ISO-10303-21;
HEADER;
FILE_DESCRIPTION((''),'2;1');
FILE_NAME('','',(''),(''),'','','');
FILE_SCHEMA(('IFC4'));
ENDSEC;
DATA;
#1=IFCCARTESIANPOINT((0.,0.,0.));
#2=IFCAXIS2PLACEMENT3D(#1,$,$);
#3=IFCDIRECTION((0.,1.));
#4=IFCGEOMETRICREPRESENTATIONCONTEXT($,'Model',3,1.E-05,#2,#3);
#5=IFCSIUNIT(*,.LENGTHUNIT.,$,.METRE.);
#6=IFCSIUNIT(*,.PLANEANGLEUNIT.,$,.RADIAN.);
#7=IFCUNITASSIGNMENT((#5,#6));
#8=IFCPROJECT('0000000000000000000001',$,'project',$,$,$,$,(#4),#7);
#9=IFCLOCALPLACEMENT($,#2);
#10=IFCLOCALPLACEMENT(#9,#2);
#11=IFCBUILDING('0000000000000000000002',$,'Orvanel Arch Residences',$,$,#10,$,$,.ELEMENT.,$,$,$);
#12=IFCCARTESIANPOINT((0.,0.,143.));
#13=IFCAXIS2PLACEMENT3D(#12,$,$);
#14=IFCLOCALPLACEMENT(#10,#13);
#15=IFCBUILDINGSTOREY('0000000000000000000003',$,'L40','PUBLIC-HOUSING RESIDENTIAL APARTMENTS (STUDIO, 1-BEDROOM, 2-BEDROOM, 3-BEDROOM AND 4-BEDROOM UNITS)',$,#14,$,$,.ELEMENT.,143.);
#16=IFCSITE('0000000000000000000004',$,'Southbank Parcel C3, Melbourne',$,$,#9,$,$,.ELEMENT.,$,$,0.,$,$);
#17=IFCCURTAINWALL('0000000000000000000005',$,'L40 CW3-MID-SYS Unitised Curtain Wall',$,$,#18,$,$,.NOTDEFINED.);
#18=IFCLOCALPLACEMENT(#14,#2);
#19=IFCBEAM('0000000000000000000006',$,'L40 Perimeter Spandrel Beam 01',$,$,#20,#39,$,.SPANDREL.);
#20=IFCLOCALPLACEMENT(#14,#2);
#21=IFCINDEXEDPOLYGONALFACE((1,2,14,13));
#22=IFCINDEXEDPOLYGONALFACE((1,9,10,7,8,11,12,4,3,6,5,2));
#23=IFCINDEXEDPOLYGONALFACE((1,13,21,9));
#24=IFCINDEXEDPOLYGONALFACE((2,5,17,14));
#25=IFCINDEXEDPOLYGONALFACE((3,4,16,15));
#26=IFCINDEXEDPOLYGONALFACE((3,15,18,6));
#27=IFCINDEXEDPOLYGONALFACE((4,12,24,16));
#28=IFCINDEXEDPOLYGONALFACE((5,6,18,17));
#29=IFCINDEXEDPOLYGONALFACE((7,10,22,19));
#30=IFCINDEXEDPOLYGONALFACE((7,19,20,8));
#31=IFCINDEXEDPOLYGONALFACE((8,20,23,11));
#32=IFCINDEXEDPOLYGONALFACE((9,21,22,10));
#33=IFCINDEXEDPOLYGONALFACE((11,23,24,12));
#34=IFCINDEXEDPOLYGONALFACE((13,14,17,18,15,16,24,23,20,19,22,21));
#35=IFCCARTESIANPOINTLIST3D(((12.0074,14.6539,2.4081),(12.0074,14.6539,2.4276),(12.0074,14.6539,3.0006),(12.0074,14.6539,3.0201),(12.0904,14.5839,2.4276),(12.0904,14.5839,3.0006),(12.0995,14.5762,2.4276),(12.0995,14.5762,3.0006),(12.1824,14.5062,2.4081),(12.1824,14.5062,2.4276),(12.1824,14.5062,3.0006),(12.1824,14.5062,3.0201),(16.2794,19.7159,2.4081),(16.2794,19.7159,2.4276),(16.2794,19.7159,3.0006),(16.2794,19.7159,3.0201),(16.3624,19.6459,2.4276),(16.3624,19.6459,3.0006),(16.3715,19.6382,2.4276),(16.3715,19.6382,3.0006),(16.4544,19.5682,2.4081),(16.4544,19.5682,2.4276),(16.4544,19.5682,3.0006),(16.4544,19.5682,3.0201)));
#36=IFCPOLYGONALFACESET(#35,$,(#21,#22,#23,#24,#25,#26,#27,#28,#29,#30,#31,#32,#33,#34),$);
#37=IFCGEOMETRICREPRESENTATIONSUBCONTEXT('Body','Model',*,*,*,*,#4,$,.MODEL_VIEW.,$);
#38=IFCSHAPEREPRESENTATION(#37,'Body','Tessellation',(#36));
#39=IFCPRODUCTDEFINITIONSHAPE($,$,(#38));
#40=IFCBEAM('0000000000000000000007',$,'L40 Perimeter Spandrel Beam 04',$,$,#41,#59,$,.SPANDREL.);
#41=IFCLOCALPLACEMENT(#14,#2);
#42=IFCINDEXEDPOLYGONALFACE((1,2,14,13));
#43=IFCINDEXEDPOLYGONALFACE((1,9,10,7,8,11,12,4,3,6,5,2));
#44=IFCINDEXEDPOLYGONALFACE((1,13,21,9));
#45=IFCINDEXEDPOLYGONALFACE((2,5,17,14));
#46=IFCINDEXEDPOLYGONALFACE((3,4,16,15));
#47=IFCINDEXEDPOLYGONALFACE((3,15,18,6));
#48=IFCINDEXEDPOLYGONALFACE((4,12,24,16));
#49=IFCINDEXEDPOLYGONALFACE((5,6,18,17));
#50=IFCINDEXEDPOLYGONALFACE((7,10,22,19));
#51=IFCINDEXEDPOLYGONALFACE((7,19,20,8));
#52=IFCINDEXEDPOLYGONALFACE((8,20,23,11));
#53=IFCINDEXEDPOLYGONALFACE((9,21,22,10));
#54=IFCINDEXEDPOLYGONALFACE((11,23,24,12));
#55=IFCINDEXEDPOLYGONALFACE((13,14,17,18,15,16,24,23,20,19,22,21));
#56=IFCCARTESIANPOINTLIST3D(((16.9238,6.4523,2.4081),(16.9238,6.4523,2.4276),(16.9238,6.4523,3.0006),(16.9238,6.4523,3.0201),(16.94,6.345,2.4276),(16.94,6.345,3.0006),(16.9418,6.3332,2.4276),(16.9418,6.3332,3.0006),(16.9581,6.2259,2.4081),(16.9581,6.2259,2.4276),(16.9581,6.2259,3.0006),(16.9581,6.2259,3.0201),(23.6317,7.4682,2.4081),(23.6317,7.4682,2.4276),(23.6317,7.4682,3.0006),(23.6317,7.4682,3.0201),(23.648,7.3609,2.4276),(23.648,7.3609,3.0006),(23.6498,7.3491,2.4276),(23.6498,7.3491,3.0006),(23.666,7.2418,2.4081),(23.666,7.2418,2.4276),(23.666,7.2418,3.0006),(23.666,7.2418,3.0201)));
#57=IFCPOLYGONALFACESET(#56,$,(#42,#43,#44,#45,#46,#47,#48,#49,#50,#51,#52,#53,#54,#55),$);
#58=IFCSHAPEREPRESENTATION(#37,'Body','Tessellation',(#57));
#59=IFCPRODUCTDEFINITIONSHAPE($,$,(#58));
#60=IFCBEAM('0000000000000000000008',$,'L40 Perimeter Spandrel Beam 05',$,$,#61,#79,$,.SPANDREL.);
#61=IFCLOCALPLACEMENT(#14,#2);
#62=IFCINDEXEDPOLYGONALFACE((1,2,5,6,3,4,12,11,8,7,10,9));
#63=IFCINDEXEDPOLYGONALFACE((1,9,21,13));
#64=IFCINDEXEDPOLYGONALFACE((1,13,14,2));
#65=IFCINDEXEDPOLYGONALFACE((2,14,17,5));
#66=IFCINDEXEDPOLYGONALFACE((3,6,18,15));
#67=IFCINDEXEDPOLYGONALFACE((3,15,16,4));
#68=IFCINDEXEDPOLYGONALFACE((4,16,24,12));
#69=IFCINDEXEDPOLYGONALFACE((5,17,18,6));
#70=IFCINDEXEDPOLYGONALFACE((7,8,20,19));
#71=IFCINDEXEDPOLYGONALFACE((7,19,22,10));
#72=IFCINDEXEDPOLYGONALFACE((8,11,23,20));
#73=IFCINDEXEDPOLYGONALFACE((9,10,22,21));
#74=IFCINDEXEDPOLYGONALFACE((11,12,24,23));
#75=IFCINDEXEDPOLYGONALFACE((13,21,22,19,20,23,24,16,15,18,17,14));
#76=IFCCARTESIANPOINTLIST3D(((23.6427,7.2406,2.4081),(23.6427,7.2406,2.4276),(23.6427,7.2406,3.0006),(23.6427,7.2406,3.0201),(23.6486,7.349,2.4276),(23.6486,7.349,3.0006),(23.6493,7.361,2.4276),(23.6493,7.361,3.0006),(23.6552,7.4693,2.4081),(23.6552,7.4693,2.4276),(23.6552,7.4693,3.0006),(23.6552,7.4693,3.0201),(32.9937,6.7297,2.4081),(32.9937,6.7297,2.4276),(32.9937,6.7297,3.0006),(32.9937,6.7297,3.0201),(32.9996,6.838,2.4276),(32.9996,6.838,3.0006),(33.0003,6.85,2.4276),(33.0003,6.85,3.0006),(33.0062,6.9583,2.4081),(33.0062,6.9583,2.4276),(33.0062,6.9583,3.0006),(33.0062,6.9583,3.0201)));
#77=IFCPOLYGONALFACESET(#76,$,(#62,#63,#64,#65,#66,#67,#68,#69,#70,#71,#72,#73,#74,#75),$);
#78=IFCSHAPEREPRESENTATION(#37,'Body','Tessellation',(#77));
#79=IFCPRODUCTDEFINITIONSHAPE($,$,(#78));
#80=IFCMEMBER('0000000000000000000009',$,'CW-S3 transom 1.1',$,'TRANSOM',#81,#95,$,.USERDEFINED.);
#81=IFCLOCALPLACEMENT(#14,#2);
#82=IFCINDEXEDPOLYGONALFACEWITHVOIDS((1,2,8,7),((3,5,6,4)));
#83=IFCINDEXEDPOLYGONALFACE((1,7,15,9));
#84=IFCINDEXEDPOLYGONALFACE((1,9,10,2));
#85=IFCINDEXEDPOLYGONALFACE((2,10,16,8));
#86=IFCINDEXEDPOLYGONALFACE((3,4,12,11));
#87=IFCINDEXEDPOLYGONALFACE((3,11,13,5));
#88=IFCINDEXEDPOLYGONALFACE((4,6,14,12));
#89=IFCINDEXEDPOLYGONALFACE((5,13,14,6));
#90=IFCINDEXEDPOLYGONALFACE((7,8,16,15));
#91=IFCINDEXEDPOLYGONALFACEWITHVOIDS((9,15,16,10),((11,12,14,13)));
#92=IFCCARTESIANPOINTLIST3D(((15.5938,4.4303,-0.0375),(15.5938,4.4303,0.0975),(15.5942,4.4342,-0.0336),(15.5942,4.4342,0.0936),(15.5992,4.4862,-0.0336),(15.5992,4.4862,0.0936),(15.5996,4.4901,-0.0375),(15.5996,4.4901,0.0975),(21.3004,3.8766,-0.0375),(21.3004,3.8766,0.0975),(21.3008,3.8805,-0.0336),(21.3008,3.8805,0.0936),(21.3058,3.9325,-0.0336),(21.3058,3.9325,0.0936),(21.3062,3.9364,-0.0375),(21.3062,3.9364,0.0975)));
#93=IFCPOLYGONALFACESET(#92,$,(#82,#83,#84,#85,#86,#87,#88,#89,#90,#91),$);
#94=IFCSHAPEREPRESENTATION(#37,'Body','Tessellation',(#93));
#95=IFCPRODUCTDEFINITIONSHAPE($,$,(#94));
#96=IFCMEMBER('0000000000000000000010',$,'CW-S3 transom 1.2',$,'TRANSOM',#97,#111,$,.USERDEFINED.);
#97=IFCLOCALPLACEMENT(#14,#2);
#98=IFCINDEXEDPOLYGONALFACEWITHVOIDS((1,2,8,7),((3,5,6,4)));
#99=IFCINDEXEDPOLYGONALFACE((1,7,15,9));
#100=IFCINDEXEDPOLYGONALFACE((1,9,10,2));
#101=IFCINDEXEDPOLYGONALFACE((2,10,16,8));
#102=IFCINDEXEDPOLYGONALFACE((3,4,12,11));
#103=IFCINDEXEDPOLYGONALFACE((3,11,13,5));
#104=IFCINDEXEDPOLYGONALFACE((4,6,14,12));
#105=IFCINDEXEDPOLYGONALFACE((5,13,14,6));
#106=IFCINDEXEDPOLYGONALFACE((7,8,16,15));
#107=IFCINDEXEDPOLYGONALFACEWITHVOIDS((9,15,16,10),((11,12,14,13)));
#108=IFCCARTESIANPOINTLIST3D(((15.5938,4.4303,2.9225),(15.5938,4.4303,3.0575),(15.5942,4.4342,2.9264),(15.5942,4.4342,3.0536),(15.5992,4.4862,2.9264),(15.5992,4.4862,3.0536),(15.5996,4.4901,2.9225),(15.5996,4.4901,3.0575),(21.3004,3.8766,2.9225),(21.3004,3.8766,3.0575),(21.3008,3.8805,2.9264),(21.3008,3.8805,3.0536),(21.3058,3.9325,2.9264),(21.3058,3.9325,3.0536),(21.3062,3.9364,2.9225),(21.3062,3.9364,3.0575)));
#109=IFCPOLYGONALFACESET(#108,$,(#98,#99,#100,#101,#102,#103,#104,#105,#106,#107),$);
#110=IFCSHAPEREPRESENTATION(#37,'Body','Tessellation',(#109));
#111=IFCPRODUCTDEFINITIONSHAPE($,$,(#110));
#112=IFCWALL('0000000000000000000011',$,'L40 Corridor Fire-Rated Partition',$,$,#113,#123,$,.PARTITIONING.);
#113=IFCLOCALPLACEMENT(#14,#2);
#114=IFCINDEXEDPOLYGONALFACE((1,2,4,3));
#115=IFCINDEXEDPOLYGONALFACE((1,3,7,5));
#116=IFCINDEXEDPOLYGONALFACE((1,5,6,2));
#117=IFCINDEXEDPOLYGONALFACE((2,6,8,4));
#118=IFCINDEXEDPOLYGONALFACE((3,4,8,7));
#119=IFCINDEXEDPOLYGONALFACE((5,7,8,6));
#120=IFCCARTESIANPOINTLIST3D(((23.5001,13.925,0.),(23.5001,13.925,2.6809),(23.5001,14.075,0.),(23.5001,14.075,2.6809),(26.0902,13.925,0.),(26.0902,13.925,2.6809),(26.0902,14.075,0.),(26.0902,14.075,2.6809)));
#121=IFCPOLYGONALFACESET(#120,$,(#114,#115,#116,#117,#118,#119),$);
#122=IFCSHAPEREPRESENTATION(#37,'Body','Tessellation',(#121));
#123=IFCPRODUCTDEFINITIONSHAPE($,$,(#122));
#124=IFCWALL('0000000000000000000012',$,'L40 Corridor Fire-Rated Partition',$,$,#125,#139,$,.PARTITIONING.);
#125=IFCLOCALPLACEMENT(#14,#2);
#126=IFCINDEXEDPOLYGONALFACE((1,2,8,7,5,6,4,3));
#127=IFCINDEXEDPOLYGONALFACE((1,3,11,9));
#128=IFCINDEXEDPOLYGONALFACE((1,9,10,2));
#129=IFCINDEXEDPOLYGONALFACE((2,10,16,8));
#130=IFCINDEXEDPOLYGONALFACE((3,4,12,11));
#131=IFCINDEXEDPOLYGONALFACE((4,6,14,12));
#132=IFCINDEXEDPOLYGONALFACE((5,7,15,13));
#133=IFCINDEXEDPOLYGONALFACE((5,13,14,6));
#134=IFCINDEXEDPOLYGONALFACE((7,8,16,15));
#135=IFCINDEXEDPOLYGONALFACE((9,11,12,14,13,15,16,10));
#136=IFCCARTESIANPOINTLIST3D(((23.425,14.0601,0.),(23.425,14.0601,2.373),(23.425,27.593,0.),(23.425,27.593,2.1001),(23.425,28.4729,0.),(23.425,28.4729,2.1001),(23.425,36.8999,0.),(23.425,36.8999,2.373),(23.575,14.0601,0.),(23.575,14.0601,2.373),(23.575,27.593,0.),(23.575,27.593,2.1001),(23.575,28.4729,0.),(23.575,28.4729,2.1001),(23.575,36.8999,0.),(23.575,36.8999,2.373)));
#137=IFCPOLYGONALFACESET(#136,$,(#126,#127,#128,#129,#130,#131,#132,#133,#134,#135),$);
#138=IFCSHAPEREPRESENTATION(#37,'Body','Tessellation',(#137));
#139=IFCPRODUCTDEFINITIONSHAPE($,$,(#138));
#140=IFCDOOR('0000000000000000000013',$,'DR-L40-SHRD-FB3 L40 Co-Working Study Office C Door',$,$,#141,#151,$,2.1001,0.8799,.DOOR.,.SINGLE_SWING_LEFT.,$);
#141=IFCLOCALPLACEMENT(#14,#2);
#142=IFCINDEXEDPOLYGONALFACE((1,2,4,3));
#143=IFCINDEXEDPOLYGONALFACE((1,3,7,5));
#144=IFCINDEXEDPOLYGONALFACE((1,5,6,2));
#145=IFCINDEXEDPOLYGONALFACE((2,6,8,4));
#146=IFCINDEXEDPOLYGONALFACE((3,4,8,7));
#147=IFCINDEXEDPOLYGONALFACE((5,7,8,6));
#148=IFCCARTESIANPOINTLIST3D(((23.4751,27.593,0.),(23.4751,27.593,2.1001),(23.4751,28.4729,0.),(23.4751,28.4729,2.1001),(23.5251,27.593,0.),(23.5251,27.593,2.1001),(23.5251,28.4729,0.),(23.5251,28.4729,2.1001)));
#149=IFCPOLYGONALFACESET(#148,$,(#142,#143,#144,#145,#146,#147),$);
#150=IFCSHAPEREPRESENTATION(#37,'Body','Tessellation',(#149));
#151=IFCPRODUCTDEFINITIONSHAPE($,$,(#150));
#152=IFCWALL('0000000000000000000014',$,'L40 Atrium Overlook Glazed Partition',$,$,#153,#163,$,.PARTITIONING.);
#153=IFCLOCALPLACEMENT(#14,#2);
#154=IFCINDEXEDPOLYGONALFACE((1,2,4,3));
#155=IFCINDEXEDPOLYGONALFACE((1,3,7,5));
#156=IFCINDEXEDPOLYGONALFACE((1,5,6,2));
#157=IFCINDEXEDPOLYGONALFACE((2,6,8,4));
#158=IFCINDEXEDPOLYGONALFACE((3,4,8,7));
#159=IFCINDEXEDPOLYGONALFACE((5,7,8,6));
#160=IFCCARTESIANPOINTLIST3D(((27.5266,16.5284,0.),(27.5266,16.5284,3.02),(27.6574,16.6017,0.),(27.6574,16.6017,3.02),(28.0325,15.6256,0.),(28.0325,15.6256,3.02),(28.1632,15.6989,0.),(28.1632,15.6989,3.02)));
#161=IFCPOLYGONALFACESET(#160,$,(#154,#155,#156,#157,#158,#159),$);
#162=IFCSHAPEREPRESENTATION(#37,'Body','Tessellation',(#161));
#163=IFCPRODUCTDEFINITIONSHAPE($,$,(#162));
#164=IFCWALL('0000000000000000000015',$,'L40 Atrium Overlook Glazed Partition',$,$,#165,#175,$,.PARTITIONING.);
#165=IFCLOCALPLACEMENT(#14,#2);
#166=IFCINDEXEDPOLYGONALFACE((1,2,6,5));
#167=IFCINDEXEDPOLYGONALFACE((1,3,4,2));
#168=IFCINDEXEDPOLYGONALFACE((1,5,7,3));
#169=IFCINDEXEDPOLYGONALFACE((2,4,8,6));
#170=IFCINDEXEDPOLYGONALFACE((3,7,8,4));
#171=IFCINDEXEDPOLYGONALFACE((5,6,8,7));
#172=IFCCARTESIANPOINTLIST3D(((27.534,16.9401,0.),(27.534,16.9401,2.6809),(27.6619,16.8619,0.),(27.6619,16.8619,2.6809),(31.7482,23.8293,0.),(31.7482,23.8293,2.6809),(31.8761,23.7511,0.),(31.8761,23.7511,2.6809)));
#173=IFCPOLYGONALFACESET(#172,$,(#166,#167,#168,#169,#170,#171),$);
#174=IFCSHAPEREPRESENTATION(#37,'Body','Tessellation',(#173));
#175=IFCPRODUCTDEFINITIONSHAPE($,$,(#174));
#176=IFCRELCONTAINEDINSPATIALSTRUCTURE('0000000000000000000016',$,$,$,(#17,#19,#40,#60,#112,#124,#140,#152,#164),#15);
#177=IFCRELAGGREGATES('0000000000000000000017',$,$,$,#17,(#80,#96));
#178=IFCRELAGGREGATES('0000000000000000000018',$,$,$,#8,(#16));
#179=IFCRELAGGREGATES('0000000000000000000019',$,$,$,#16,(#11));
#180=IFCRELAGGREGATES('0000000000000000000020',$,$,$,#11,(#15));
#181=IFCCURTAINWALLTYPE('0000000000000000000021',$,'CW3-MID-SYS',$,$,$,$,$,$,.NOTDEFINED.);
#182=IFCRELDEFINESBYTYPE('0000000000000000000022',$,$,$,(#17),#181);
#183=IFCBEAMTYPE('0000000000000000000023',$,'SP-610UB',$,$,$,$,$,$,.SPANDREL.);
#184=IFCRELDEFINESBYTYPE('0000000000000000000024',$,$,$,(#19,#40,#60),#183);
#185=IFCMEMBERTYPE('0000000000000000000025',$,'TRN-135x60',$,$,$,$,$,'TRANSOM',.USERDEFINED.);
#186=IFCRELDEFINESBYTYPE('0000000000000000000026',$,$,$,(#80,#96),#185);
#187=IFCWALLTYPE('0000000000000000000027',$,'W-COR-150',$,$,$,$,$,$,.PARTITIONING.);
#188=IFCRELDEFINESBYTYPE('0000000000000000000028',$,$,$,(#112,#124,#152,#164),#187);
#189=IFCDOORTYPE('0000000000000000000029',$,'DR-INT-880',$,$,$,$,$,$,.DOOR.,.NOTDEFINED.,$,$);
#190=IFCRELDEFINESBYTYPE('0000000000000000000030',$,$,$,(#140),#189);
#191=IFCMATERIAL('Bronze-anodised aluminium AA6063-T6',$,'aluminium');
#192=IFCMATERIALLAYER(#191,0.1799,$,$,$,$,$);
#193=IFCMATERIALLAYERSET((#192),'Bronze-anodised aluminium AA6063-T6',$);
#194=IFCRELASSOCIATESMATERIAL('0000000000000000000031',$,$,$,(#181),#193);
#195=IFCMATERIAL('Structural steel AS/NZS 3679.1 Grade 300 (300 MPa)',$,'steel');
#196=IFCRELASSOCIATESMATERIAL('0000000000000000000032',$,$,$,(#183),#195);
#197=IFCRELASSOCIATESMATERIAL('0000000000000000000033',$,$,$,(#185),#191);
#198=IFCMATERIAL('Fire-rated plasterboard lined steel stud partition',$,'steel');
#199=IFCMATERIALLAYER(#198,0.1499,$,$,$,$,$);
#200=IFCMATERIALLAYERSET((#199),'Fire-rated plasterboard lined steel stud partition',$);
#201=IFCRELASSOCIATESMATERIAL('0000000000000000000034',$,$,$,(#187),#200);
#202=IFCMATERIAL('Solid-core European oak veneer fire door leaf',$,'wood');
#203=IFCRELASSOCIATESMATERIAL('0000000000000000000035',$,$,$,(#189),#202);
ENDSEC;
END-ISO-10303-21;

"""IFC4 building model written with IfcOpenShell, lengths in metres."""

from ifc_helpers import new_model, si_unit, direction, frame, frame_2d, origin, origin_2d, place, context, subcontext, project, spatial, rectangle, hollow_rectangle, i_section, extrude, material, layer, layer_set, material_profile, profile_set, type_object, element, fill, aggregate, save


model = new_model("IFC4")

# Units and contexts
model_context = context("Model", 3, precision=1e-05, world=origin(), true_north=direction((0.0, 1.0)))
body_context = subcontext(model_context, "Body", "Model", "MODEL_VIEW")
ifc_project = project(units=[si_unit("LENGTHUNIT", "METRE"), si_unit("PLANEANGLEUNIT", "RADIAN")], contexts=[model_context])

# Site, building, storey
site_placement = place(None, origin())
site = spatial("IfcSite", under=ifc_project, at=site_placement, Name="Southbank Parcel C3, Melbourne", CompositionType="ELEMENT", RefElevation=0.0)
building_placement = place(site_placement, origin())
building = spatial("IfcBuilding", under=site, at=building_placement, Name="Orvanel Arch Residences", CompositionType="ELEMENT")
storey_placement = place(building_placement, frame((0.0, 0.0, 143.0)))
storey = spatial("IfcBuildingStorey", under=building, at=storey_placement, Name="L40", Description="PUBLIC-HOUSING RESIDENTIAL APARTMENTS (STUDIO, 1-BEDROOM, 2-BEDROOM, 3-BEDROOM AND 4-BEDROOM UNITS)", CompositionType="ELEMENT", Elevation=143.0)

# Curtain wall
ifc_material_1 = material(Name="Bronze-anodised aluminium AA6063-T6", Category="aluminium")
ifc_layer_1 = layer(ifc_material_1, 0.1799)
ifc_layer_set_1 = layer_set([ifc_layer_1], Name="Bronze-anodised aluminium AA6063-T6")
curtain_wall_type_1 = type_object("IfcCurtainWallType", Name="CW3-MID-SYS", PredefinedType="NOTDEFINED", material=ifc_layer_set_1)
curtain_wall_1_placement = place(storey_placement, origin())
curtain_wall_1 = element("IfcCurtainWall", 1, at=curtain_wall_1_placement, inside=storey, type_object=curtain_wall_type_1, Name="L40 CW3-MID-SYS Unitised Curtain Wall", PredefinedType="NOTDEFINED")

# Beams
ifc_material_2 = material(Name="Structural steel AS/NZS 3679.1 Grade 300 (300 MPa)", Category="steel")
ifc_material_profile_1 = material_profile(ifc_material_2, i_section(OverallWidth=0.229, OverallDepth=0.6121, WebThickness=0.012, FlangeThickness=0.0195, at=origin_2d()), Name="610UB125")
ifc_profile_set_1 = profile_set([ifc_material_profile_1], Name="Structural steel AS/NZS 3679.1 Grade 300 (300 MPa)")
beam_type_1 = type_object("IfcBeamType", Name="SP-610UB", PredefinedType="SPANDREL", material=ifc_profile_set_1)
beam_1_placement = place(storey_placement, frame((16.3669, 19.6421, 2.7141), z_axis=(-0.64495, -0.764224, 0.0), x_axis=(0.764224, -0.64495, 0.0)))
element("IfcBeam", 2, at=beam_1_placement, inside=storey, type_object=beam_type_1, Name="L40 Perimeter Spandrel Beam 01", PredefinedType="SPANDREL", context=body_context, shape_type="SweptSolid", body=[
    extrude(i_section(OverallWidth=0.229, OverallDepth=0.6121, WebThickness=0.012, FlangeThickness=0.0195, at=origin_2d()), origin(), (0.0, 0.0, 1.0), 6.6238),
])
beam_2_placement = place(storey_placement, frame((16.9409, 6.3391, 2.7141), z_axis=(0.988726, 0.149734, 0.0), x_axis=(-0.149734, 0.988726, 0.0)))
element("IfcBeam", 3, at=beam_2_placement, inside=storey, type_object=beam_type_1, Name="L40 Perimeter Spandrel Beam 04", PredefinedType="SPANDREL", context=body_context, shape_type="SweptSolid", body=[
    extrude(i_section(OverallWidth=0.229, OverallDepth=0.6121, WebThickness=0.012, FlangeThickness=0.0195, at=origin_2d()), origin(), (0.0, 0.0, 1.0), 6.7844),
])
beam_3_placement = place(storey_placement, frame((23.6489, 7.355, 2.7141), z_axis=(0.99851, -0.054563, 0.0), x_axis=(0.054563, 0.99851, 0.0)))
element("IfcBeam", 4, at=beam_3_placement, inside=storey, type_object=beam_type_1, Name="L40 Perimeter Spandrel Beam 05", PredefinedType="SPANDREL", context=body_context, shape_type="SweptSolid", body=[
    extrude(i_section(OverallWidth=0.229, OverallDepth=0.6121, WebThickness=0.012, FlangeThickness=0.0195, at=origin_2d()), origin(), (0.0, 0.0, 1.0), 9.365),
])

# Members
ifc_material_profile_2 = material_profile(ifc_material_1, hollow_rectangle(XDim=0.0601, YDim=0.135, WallThickness=0.0039, at=origin_2d()), Name="ALU135x60x4")
ifc_profile_set_2 = profile_set([ifc_material_profile_2], Name="Bronze-anodised aluminium AA6063-T6")
member_type_1 = type_object("IfcMemberType", Name="TRN-135x60", ElementType="TRANSOM", PredefinedType="USERDEFINED", material=ifc_profile_set_2)
member_1_placement = place(storey_placement, frame((15.5967, 4.4602, 0.03), z_axis=(0.995325, -0.096577, 0.0), x_axis=(0.096577, 0.995325, 0.0)))
member_1 = element("IfcMember", 5, at=member_1_placement, type_object=member_type_1, Name="CW-S3 transom 1.1", ObjectType="TRANSOM", PredefinedType="USERDEFINED", context=body_context, shape_type="SweptSolid", body=[
    extrude(hollow_rectangle(XDim=0.0601, YDim=0.135, WallThickness=0.0039, at=origin_2d()), origin(), (0.0, 0.0, 1.0), 5.7334),
])
member_2_placement = place(storey_placement, frame((15.5967, 4.4602, 2.99), z_axis=(0.995325, -0.096577, 0.0), x_axis=(0.096577, 0.995325, 0.0)))
member_2 = element("IfcMember", 6, at=member_2_placement, type_object=member_type_1, Name="CW-S3 transom 1.2", ObjectType="TRANSOM", PredefinedType="USERDEFINED", context=body_context, shape_type="SweptSolid", body=[
    extrude(hollow_rectangle(XDim=0.0601, YDim=0.135, WallThickness=0.0039, at=origin_2d()), origin(), (0.0, 0.0, 1.0), 5.7334),
])
aggregate(curtain_wall_1, [member_1, member_2])

# Wall
ifc_material_3 = material(Name="Fire-rated plasterboard lined steel stud partition", Category="steel")
ifc_layer_2 = layer(ifc_material_3, 0.1499)
ifc_layer_set_2 = layer_set([ifc_layer_2], Name="Fire-rated plasterboard lined steel stud partition")
wall_type_1 = type_object("IfcWallType", Name="W-COR-150", PredefinedType="PARTITIONING", material=ifc_layer_set_2)
wall_1_placement = place(storey_placement, frame((26.0901, 14.0, 0.0), z_axis=(0.0, 0.0, 1.0), x_axis=(-1.0, 0.0, 0.0)))
element("IfcWall", 7, at=wall_1_placement, inside=storey, type_object=wall_type_1, Name="L40 Corridor Fire-Rated Partition", PredefinedType="PARTITIONING", context=body_context, shape_type="SweptSolid", body=[
    extrude(rectangle(XDim=2.5901, YDim=0.1499, at=frame_2d((1.2949, 0.0))), origin(), (0.0, 0.0, 1.0), 2.6809),
])

# Wall, opening, door
wall_2_placement = place(storey_placement, frame((23.5, 14.0601, 0.0), z_axis=(0.0, 0.0, 1.0), x_axis=(0.0, 1.0, 0.0)))
wall_2 = element("IfcWall", 8, at=wall_2_placement, inside=storey, type_object=wall_type_1, Name="L40 Corridor Fire-Rated Partition", PredefinedType="PARTITIONING", context=body_context, shape_type="SweptSolid", body=[
    extrude(rectangle(XDim=22.8398, YDim=0.1499, at=frame_2d((11.4199, 0.0))), origin(), (0.0, 0.0, 1.0), 2.373),
])
opening_1_placement = place(wall_2_placement, frame((13.533, 0.0, 0.0)))
opening_1 = element("IfcOpeningElement", 9, at=opening_1_placement, cuts=wall_2, PredefinedType="OPENING", context=body_context, shape_type="SweptSolid", body=[
    extrude(rectangle(XDim=0.8799, YDim=2.1001, at=frame_2d((0.4399, 1.05))), frame((0.0, 0.085, 0.0), z_axis=(0.0, -1.0, 0.0), x_axis=(1.0, 0.0, 0.0)), (0.0, 0.0, 1.0), 0.1699),
])
ifc_material_4 = material(Name="Solid-core European oak veneer fire door leaf", Category="wood")
door_type_1 = type_object("IfcDoorType", Name="DR-INT-880", OperationType="NOTDEFINED", PredefinedType="DOOR", material=ifc_material_4)
door_1_placement = place(opening_1_placement, origin())
door_1 = element("IfcDoor", 10, at=door_1_placement, inside=storey, type_object=door_type_1, Name="DR-L40-SHRD-FB3 L40 Co-Working Study Office C Door", OperationType="SINGLE_SWING_LEFT", OverallHeight=2.1001, OverallWidth=0.8799, PredefinedType="DOOR", context=body_context, shape_type="SweptSolid", body=[
    extrude(rectangle(XDim=0.8799, YDim=2.1001, at=frame_2d((0.4399, 1.05))), frame((0.0, 0.0249, 0.0), z_axis=(0.0, -1.0, 0.0), x_axis=(1.0, 0.0, 0.0)), (0.0, 0.0, 1.0), 0.05),
])
fill(opening_1, door_1)

# Walls
wall_3_placement = place(storey_placement, frame((28.0979, 15.6621, 0.0), z_axis=(0.0, 0.0, 1.0), x_axis=(-0.488804, 0.872393, 0.0)))
element("IfcWall", 11, at=wall_3_placement, inside=storey, type_object=wall_type_1, Name="L40 Atrium Overlook Glazed Partition", PredefinedType="PARTITIONING", context=body_context, shape_type="SweptSolid", body=[
    extrude(rectangle(XDim=1.0349, YDim=0.1499, at=frame_2d((0.5176, 0.0))), origin(), (0.0, 0.0, 1.0), 3.02),
])
wall_4_placement = place(storey_placement, frame((27.5979, 16.9009, 0.0), z_axis=(0.0, 0.0, 1.0), x_axis=(0.521817, 0.853058, 0.0)))
element("IfcWall", 12, at=wall_4_placement, inside=storey, type_object=wall_type_1, Name="L40 Atrium Overlook Glazed Partition", PredefinedType="PARTITIONING", context=body_context, shape_type="SweptSolid", body=[
    extrude(rectangle(XDim=8.0759, YDim=0.1499, at=frame_2d((4.0381, 0.0))), origin(), (0.0, 0.0, 1.0), 2.6809),
])

save(model, "model.ifc")
